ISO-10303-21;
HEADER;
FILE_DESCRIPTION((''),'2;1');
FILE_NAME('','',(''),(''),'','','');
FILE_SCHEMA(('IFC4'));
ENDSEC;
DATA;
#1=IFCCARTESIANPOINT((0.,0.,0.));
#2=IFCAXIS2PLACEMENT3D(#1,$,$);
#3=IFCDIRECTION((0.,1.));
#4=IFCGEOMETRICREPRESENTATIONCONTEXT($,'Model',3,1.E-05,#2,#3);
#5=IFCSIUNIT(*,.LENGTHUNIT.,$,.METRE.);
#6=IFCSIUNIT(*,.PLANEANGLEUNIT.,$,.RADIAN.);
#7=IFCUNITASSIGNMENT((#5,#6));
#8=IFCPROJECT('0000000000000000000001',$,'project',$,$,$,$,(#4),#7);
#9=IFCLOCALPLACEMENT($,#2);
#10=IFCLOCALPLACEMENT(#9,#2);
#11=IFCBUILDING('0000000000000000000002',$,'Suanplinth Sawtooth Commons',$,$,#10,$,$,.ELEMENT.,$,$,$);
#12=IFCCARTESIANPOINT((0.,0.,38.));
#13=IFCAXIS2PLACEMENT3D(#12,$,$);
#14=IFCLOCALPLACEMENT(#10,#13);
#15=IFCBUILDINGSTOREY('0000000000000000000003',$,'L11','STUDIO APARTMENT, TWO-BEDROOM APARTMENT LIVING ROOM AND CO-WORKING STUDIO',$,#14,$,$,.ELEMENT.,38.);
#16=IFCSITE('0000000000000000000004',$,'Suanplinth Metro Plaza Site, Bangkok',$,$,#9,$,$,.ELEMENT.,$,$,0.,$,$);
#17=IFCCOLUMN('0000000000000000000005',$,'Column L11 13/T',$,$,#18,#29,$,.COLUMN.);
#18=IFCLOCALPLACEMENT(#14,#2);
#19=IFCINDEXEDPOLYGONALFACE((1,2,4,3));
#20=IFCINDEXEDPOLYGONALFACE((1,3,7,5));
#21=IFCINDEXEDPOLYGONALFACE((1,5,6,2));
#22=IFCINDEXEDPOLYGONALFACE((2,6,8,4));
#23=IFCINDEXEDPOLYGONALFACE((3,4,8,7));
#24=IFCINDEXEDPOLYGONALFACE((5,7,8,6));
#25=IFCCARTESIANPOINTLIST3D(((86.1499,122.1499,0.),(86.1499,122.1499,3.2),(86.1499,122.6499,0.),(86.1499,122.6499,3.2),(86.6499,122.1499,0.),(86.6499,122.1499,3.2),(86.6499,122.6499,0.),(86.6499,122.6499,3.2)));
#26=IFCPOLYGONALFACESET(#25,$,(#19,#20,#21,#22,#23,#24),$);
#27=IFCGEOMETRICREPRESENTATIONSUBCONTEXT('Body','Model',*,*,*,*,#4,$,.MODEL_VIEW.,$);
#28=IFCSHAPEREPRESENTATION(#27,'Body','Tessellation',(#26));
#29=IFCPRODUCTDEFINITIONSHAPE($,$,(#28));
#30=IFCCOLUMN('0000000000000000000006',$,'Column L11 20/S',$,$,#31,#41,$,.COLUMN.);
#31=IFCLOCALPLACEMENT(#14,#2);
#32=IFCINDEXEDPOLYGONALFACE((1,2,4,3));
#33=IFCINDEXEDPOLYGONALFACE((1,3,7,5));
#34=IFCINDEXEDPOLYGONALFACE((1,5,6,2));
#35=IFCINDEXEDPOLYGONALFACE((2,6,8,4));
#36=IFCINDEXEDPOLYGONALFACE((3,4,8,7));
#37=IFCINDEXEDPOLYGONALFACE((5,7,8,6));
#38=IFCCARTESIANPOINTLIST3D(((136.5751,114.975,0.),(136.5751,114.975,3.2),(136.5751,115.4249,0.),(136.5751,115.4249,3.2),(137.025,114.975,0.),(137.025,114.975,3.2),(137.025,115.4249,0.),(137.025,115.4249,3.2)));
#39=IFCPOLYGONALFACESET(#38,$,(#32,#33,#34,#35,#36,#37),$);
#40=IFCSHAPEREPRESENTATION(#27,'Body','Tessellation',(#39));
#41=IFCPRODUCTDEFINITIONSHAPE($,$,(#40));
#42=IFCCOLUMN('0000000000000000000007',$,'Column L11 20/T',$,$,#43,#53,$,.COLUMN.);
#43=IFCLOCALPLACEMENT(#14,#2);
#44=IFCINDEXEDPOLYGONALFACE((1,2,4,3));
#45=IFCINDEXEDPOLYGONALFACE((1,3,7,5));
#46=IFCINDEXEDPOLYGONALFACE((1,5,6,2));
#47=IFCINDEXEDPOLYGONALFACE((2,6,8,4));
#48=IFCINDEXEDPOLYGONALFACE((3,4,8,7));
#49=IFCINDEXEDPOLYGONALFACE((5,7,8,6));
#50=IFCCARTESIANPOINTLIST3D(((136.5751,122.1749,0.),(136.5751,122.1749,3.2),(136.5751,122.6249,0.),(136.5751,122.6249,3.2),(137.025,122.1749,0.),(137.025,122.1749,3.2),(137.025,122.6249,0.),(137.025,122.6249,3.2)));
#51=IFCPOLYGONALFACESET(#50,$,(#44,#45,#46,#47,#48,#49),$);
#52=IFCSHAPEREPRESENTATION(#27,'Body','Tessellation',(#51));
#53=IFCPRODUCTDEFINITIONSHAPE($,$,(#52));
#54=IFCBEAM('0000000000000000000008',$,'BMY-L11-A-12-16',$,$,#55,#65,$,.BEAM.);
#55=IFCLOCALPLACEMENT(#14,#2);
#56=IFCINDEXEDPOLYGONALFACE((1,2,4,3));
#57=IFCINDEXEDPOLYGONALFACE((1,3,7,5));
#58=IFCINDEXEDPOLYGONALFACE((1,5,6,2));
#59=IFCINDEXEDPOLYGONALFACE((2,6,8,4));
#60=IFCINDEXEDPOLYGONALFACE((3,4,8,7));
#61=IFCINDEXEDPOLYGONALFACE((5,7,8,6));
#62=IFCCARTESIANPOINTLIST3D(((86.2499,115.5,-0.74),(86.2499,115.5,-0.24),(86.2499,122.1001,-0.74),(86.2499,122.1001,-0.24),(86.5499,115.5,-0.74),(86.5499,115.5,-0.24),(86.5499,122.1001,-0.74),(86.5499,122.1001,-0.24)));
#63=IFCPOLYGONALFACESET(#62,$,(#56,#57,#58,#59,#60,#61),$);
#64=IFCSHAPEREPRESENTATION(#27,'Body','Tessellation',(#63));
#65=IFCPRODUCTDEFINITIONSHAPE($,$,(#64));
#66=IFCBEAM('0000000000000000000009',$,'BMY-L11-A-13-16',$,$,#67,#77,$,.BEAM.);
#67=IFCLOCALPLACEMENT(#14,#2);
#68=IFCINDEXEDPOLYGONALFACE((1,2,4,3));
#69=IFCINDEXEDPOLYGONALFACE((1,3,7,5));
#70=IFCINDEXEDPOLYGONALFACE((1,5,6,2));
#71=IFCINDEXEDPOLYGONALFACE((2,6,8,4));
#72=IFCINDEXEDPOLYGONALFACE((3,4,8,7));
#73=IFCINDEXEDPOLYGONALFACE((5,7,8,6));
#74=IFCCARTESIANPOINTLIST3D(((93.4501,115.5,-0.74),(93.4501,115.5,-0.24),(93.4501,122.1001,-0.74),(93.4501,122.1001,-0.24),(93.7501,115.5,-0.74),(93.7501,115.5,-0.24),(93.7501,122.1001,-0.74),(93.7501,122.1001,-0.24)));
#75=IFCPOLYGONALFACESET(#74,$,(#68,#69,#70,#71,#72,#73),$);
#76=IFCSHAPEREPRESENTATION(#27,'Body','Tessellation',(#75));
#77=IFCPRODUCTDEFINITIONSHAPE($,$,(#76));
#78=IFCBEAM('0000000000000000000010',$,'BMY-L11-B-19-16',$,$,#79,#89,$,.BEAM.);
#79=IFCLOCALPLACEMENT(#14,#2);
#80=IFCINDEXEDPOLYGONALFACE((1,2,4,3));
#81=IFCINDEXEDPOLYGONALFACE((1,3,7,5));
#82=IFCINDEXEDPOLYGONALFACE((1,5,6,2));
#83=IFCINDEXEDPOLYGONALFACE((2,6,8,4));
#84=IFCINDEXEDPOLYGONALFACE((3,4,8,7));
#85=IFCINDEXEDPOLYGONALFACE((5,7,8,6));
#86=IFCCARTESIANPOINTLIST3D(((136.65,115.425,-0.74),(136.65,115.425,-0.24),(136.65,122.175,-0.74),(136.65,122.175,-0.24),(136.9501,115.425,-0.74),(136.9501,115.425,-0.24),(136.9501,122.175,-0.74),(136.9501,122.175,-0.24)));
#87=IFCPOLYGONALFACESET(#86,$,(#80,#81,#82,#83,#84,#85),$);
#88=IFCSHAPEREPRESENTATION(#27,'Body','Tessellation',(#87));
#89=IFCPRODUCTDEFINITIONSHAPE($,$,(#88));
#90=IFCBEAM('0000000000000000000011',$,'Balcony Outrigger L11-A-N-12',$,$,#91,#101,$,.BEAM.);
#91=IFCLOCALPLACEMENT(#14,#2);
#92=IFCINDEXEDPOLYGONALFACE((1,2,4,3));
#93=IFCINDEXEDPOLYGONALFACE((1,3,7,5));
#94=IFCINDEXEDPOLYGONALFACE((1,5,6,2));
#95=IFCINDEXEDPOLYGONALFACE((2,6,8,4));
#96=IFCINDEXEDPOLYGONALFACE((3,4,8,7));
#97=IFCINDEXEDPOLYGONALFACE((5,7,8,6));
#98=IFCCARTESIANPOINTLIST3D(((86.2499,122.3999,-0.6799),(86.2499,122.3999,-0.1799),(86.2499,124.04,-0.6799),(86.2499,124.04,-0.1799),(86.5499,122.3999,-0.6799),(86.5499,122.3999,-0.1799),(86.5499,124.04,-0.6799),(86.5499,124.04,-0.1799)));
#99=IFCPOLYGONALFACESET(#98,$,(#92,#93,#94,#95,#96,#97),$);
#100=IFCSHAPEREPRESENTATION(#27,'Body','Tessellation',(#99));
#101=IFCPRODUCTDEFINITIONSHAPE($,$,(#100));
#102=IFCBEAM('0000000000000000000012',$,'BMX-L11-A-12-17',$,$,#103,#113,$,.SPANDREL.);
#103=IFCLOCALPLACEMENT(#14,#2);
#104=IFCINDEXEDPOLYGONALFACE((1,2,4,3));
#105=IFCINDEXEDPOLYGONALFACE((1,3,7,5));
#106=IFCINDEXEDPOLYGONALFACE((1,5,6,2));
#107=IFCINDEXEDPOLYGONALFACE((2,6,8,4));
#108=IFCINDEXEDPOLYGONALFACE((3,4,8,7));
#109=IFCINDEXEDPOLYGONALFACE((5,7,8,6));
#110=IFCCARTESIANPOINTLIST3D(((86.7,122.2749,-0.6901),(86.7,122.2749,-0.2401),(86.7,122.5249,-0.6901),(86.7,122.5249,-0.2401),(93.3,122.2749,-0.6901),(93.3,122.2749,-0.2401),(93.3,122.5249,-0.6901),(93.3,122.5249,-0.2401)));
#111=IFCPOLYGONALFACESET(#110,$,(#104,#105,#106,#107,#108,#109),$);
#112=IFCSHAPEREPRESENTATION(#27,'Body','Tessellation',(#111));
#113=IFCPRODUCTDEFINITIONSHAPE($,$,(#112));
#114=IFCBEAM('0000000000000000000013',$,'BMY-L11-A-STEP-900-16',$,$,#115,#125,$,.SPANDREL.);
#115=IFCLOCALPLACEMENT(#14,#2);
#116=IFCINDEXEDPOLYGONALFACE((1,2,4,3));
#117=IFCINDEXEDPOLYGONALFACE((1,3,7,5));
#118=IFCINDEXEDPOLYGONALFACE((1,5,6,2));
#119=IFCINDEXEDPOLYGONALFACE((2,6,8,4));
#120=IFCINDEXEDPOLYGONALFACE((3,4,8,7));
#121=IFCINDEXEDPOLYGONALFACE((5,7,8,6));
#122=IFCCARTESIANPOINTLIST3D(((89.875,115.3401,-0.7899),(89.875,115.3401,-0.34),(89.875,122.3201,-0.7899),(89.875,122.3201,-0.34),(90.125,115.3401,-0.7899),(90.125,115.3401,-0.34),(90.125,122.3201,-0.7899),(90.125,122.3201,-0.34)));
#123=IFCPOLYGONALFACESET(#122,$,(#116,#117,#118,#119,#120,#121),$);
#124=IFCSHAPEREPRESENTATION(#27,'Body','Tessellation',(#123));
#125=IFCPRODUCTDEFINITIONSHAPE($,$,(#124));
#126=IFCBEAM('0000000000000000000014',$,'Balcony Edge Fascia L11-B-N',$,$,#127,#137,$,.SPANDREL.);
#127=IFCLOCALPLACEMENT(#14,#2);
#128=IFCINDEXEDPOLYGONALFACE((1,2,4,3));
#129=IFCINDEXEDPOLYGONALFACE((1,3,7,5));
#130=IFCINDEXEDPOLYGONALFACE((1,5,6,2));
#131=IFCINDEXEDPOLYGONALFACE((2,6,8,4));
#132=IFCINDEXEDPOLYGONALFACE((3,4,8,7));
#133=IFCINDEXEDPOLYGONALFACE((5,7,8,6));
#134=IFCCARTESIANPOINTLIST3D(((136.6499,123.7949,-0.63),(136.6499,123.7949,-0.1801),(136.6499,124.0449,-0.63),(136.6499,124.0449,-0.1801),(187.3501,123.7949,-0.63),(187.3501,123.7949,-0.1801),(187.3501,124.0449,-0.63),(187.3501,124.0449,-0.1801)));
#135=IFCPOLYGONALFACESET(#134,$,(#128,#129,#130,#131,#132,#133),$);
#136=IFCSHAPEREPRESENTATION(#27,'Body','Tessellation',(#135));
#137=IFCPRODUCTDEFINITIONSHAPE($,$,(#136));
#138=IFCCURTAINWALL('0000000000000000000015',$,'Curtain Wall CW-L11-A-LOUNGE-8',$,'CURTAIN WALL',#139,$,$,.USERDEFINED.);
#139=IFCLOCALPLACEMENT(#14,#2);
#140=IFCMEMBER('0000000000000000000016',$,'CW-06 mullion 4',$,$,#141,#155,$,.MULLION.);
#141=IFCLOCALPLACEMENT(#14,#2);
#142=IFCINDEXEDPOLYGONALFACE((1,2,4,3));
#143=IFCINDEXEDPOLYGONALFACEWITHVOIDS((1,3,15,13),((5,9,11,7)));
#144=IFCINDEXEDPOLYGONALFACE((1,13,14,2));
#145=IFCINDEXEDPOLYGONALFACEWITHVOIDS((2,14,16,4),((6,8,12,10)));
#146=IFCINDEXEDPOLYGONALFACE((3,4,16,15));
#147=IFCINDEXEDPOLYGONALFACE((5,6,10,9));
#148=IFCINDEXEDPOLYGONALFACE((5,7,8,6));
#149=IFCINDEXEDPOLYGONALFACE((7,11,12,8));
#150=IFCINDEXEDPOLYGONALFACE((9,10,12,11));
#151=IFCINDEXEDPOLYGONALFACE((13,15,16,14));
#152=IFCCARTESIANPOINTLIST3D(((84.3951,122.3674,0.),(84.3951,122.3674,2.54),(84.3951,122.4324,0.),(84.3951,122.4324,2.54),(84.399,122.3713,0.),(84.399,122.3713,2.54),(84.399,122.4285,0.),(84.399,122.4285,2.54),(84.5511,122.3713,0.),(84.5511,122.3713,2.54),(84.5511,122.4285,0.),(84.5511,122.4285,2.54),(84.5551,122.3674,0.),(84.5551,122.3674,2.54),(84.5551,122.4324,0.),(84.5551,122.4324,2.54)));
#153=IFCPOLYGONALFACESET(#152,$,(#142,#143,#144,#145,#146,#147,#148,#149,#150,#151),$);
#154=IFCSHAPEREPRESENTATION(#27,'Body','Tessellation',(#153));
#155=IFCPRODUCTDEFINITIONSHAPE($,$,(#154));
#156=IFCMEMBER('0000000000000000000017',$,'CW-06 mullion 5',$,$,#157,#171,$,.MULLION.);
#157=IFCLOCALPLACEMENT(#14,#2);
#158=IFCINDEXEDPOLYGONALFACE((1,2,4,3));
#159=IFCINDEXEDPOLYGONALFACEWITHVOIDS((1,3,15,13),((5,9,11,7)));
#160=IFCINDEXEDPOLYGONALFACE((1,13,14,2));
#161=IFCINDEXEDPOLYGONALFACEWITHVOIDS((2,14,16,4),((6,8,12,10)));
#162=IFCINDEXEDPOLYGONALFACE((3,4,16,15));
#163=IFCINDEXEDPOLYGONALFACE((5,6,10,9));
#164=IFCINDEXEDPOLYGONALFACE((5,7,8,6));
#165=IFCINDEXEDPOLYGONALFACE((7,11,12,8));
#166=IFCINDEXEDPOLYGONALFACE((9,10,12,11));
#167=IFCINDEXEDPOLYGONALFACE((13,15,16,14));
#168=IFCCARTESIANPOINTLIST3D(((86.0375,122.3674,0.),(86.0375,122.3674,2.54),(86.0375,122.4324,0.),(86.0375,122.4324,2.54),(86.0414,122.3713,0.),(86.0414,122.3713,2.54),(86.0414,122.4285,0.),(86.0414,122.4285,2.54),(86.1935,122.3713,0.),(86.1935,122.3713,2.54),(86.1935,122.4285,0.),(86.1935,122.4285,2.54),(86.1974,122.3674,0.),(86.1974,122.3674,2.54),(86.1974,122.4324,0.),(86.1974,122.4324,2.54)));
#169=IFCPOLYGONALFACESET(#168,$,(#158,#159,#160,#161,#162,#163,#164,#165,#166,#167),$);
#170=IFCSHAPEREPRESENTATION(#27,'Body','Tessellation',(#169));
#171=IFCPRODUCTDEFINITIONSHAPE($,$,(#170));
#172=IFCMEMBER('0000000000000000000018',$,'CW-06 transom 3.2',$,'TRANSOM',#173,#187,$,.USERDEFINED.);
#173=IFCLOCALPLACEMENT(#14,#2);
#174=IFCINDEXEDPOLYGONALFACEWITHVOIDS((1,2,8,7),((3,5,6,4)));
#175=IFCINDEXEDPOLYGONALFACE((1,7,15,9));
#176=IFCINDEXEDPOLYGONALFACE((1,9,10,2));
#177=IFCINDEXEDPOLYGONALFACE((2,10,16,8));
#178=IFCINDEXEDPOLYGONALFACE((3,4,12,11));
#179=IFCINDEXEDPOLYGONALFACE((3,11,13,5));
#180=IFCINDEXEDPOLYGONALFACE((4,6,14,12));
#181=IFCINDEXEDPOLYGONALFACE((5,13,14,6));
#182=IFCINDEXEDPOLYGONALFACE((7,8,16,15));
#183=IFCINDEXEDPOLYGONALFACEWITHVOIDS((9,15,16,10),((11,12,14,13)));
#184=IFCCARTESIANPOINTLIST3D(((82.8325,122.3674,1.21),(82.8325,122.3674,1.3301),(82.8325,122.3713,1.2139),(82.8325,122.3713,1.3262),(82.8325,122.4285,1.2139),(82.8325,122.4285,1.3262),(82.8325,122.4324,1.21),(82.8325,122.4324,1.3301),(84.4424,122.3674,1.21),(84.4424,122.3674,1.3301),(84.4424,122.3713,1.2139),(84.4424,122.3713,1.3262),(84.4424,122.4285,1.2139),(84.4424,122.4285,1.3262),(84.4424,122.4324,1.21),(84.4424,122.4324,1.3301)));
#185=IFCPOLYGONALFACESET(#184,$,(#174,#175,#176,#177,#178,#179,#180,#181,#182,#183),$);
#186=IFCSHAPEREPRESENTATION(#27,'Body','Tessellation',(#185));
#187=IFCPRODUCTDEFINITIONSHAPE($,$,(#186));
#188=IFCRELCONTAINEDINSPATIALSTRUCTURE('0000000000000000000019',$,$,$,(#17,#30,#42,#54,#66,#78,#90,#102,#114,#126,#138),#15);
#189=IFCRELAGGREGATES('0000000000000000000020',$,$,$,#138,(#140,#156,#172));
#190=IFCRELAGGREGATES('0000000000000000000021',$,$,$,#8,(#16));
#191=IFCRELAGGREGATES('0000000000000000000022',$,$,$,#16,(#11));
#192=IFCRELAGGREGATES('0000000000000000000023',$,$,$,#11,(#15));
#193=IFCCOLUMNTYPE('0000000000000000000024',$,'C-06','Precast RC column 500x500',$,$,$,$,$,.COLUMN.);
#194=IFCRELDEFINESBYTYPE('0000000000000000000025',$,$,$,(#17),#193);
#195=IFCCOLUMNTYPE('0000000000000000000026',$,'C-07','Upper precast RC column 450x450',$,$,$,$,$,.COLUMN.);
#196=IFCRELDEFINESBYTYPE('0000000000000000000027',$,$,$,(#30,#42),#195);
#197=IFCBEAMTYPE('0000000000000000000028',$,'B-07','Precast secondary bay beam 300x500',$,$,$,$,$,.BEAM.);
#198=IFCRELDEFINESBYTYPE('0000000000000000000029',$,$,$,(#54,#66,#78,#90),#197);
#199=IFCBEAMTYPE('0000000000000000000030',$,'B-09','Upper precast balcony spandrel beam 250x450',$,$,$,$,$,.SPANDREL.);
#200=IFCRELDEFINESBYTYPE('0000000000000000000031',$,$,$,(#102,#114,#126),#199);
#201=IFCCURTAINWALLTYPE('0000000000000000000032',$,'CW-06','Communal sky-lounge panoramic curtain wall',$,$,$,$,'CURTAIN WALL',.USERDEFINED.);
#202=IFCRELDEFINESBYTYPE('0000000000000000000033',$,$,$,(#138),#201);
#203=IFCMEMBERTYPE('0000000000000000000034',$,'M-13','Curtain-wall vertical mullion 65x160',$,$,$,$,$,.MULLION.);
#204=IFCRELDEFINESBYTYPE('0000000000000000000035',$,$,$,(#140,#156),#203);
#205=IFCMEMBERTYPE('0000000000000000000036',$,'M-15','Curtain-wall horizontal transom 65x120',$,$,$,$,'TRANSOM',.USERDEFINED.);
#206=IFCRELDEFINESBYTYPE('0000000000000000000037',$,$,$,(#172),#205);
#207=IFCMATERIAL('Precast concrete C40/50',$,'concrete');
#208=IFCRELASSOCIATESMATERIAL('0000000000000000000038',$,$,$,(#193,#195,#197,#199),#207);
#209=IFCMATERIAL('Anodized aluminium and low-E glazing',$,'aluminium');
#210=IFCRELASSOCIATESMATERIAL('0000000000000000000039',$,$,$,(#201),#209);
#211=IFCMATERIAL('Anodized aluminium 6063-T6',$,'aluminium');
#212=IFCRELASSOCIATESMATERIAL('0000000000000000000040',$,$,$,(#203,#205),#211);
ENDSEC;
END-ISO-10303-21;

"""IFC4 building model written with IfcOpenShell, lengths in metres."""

from ifc_helpers import new_model, si_unit, direction, frame, origin, origin_2d, place, context, subcontext, project, spatial, rectangle, hollow_rectangle, extrude, material, material_profile, profile_set, type_object, element, aggregate, save


model = new_model("IFC4")

# Units and contexts
model_context = context("Model", 3, precision=1e-05, world=origin(), true_north=direction((0.0, 1.0)))
body_context = subcontext(model_context, "Body", "Model", "MODEL_VIEW")
ifc_project = project(units=[si_unit("LENGTHUNIT", "METRE"), si_unit("PLANEANGLEUNIT", "RADIAN")], contexts=[model_context])

# Site, building, storey
site_placement = place(None, origin())
site = spatial("IfcSite", under=ifc_project, at=site_placement, Name="Suanplinth Metro Plaza Site, Bangkok", CompositionType="ELEMENT", RefElevation=0.0)
building_placement = place(site_placement, origin())
building = spatial("IfcBuilding", under=site, at=building_placement, Name="Suanplinth Sawtooth Commons", CompositionType="ELEMENT")
storey_placement = place(building_placement, frame((0.0, 0.0, 38.0)))
storey = spatial("IfcBuildingStorey", under=building, at=storey_placement, Name="L11", Description="STUDIO APARTMENT, TWO-BEDROOM APARTMENT LIVING ROOM AND CO-WORKING STUDIO", CompositionType="ELEMENT", Elevation=38.0)

# Columns
ifc_material_1 = material(Name="Precast concrete C40/50", Category="concrete")
ifc_material_profile_1 = material_profile(ifc_material_1, rectangle(XDim=0.5, YDim=0.5, at=origin_2d()), Name="PC-COL 500x500")
ifc_profile_set_1 = profile_set([ifc_material_profile_1], Name="Precast concrete C40/50")
column_type_1 = type_object("IfcColumnType", Name="C-06", Description="Precast RC column 500x500", PredefinedType="COLUMN", material=ifc_profile_set_1)
column_placement = place(storey_placement, frame((86.3999, 122.3999, 0.0), z_axis=(0.0, 0.0, 1.0), x_axis=(1.0, 0.0, 0.0)))
element("IfcColumn", 1, at=column_placement, inside=storey, type_object=column_type_1, Name="Column L11 13/T", PredefinedType="COLUMN", context=body_context, shape_type="SweptSolid", body=[
    extrude(rectangle(XDim=0.5, YDim=0.5, at=origin_2d()), origin(), (0.0, 0.0, 1.0), 3.2),
])
ifc_material_profile_2 = material_profile(ifc_material_1, rectangle(XDim=0.45, YDim=0.45, at=origin_2d()), Name="PC-COL 450x450")
ifc_profile_set_2 = profile_set([ifc_material_profile_2], Name="Precast concrete C40/50")
column_type_2 = type_object("IfcColumnType", Name="C-07", Description="Upper precast RC column 450x450", PredefinedType="COLUMN", material=ifc_profile_set_2)
for number, where, z_axis, x_axis, name in (
    (2, (136.8, 115.2, 0.0), (0.0, 0.0, 1.0), (1.0, 0.0, 0.0), "Column L11 20/S"),
    (3, (136.8, 122.3999, 0.0), (0.0, 0.0, 1.0), (1.0, 0.0, 0.0), "Column L11 20/T"),
):
    element("IfcColumn", number, at=place(storey_placement, frame(where, z_axis=z_axis, x_axis=x_axis)), inside=storey, type_object=column_type_2, Name=name, PredefinedType="COLUMN", context=body_context, shape_type="SweptSolid", body=[
        extrude(rectangle(XDim=0.45, YDim=0.45, at=origin_2d()), origin(), (0.0, 0.0, 1.0), 3.2),
    ])

# Beams
ifc_material_profile_3 = material_profile(ifc_material_1, rectangle(XDim=0.3, YDim=0.5, at=origin_2d()), Name="PC-BM 300x500")
ifc_profile_set_3 = profile_set([ifc_material_profile_3], Name="Precast concrete C40/50")
beam_type_1 = type_object("IfcBeamType", Name="B-07", Description="Precast secondary bay beam 300x500", PredefinedType="BEAM", material=ifc_profile_set_3)
for number, where, z_axis, x_axis, name in (
    (4, (86.3999, 115.5, -0.49), (0.0, 1.0, 0.0), (-1.0, 0.0, 0.0), "BMY-L11-A-12-16"),
    (5, (93.6001, 115.5, -0.49), (0.0, 1.0, 0.0), (-1.0, 0.0, 0.0), "BMY-L11-A-13-16"),
):
    element("IfcBeam", number, at=place(storey_placement, frame(where, z_axis=z_axis, x_axis=x_axis)), inside=storey, type_object=beam_type_1, Name=name, PredefinedType="BEAM", context=body_context, shape_type="SweptSolid", body=[
        extrude(rectangle(XDim=0.3, YDim=0.5, at=origin_2d()), origin(), (0.0, 0.0, 1.0), 6.6001),
    ])
beam_1_placement = place(storey_placement, frame((136.8, 115.425, -0.49), z_axis=(0.0, 1.0, 0.0), x_axis=(-1.0, 0.0, 0.0)))
element("IfcBeam", 6, at=beam_1_placement, inside=storey, type_object=beam_type_1, Name="BMY-L11-B-19-16", PredefinedType="BEAM", context=body_context, shape_type="SweptSolid", body=[
    extrude(rectangle(XDim=0.3, YDim=0.5, at=origin_2d()), origin(), (0.0, 0.0, 1.0), 6.75),
])
beam_2_placement = place(storey_placement, frame((86.3999, 122.3999, -0.4299), z_axis=(0.0, 1.0, 0.0), x_axis=(-1.0, 0.0, 0.0)))
element("IfcBeam", 7, at=beam_2_placement, inside=storey, type_object=beam_type_1, Name="Balcony Outrigger L11-A-N-12", PredefinedType="BEAM", context=body_context, shape_type="SweptSolid", body=[
    extrude(rectangle(XDim=0.3, YDim=0.5, at=origin_2d()), origin(), (0.0, 0.0, 1.0), 1.6401),
])
ifc_material_profile_4 = material_profile(ifc_material_1, rectangle(XDim=0.25, YDim=0.45, at=origin_2d()), Name="PC-SP 250x450")
ifc_profile_set_4 = profile_set([ifc_material_profile_4], Name="Precast concrete C40/50")
beam_type_2 = type_object("IfcBeamType", Name="B-09", Description="Upper precast balcony spandrel beam 250x450", PredefinedType="SPANDREL", material=ifc_profile_set_4)
beam_3_placement = place(storey_placement, frame((86.7, 122.3999, -0.4651), z_axis=(1.0, 0.0, 0.0), x_axis=(0.0, 1.0, 0.0)))
element("IfcBeam", 8, at=beam_3_placement, inside=storey, type_object=beam_type_2, Name="BMX-L11-A-12-17", PredefinedType="SPANDREL", context=body_context, shape_type="SweptSolid", body=[
    extrude(rectangle(XDim=0.25, YDim=0.45, at=origin_2d()), origin(), (0.0, 0.0, 1.0), 6.6001),
])
beam_4_placement = place(storey_placement, frame((90.0, 115.3401, -0.5649), z_axis=(0.0, 1.0, 0.0), x_axis=(-1.0, 0.0, 0.0)))
element("IfcBeam", 9, at=beam_4_placement, inside=storey, type_object=beam_type_2, Name="BMY-L11-A-STEP-900-16", PredefinedType="SPANDREL", context=body_context, shape_type="SweptSolid", body=[
    extrude(rectangle(XDim=0.25, YDim=0.45, at=origin_2d()), origin(), (0.0, 0.0, 1.0), 6.98),
])
beam_5_placement = place(storey_placement, frame((136.6499, 123.9199, -0.405), z_axis=(1.0, 0.0, 0.0), x_axis=(0.0, 1.0, 0.0)))
element("IfcBeam", 10, at=beam_5_placement, inside=storey, type_object=beam_type_2, Name="Balcony Edge Fascia L11-B-N", PredefinedType="SPANDREL", context=body_context, shape_type="SweptSolid", body=[
    extrude(rectangle(XDim=0.25, YDim=0.45, at=origin_2d()), origin(), (0.0, 0.0, 1.0), 50.7002),
])

# Curtain wall, members
ifc_material_2 = material(Name="Anodized aluminium and low-E glazing", Category="aluminium")
curtain_wall_type = type_object("IfcCurtainWallType", Name="CW-06", Description="Communal sky-lounge panoramic curtain wall", ElementType="CURTAIN WALL", PredefinedType="USERDEFINED", material=ifc_material_2)
curtain_wall_placement = place(storey_placement, origin())
curtain_wall = element("IfcCurtainWall", 11, at=curtain_wall_placement, inside=storey, type_object=curtain_wall_type, Name="Curtain Wall CW-L11-A-LOUNGE-8", ObjectType="CURTAIN WALL", PredefinedType="USERDEFINED")
ifc_material_3 = material(Name="Anodized aluminium 6063-T6", Category="aluminium")
ifc_material_profile_5 = material_profile(ifc_material_3, hollow_rectangle(XDim=0.0649, YDim=0.1599, WallThickness=0.0039, at=origin_2d()), Name="ALU-MUL 65x160")
ifc_profile_set_5 = profile_set([ifc_material_profile_5], Name="Anodized aluminium 6063-T6")
member_type_1 = type_object("IfcMemberType", Name="M-13", Description="Curtain-wall vertical mullion 65x160", PredefinedType="MULLION", material=ifc_profile_set_5)
member_1_placement = place(storey_placement, frame((84.4751, 122.3999, 0.0), z_axis=(0.0, 0.0, 1.0), x_axis=(0.0, 1.0, 0.0)))
member_1 = element("IfcMember", 12, at=member_1_placement, type_object=member_type_1, Name="CW-06 mullion 4", PredefinedType="MULLION", context=body_context, shape_type="SweptSolid", body=[
    extrude(hollow_rectangle(XDim=0.0649, YDim=0.1599, WallThickness=0.0039, at=origin_2d()), origin(), (0.0, 0.0, 1.0), 2.54),
])
member_2_placement = place(storey_placement, frame((86.1174, 122.3999, 0.0), z_axis=(0.0, 0.0, 1.0), x_axis=(0.0, 1.0, 0.0)))
member_2 = element("IfcMember", 13, at=member_2_placement, type_object=member_type_1, Name="CW-06 mullion 5", PredefinedType="MULLION", context=body_context, shape_type="SweptSolid", body=[
    extrude(hollow_rectangle(XDim=0.0649, YDim=0.1599, WallThickness=0.0039, at=origin_2d()), origin(), (0.0, 0.0, 1.0), 2.54),
])
ifc_material_profile_6 = material_profile(ifc_material_3, hollow_rectangle(XDim=0.0649, YDim=0.1201, WallThickness=0.0039, at=origin_2d()), Name="ALU-TRN 65x120")
ifc_profile_set_6 = profile_set([ifc_material_profile_6], Name="Anodized aluminium 6063-T6")
member_type_2 = type_object("IfcMemberType", Name="M-15", Description="Curtain-wall horizontal transom 65x120", ElementType="TRANSOM", PredefinedType="USERDEFINED", material=ifc_profile_set_6)
member_3_placement = place(storey_placement, frame((82.8325, 122.3999, 1.27), z_axis=(1.0, 0.0, 0.0), x_axis=(0.0, 1.0, 0.0)))
member_3 = element("IfcMember", 14, at=member_3_placement, type_object=member_type_2, Name="CW-06 transom 3.2", ObjectType="TRANSOM", PredefinedType="USERDEFINED", context=body_context, shape_type="SweptSolid", body=[
    extrude(hollow_rectangle(XDim=0.0649, YDim=0.1201, WallThickness=0.0039, at=origin_2d()), origin(), (0.0, 0.0, 1.0), 1.6099),
])
aggregate(curtain_wall, [member_1, member_2, member_3])

save(model, "model.ifc")
